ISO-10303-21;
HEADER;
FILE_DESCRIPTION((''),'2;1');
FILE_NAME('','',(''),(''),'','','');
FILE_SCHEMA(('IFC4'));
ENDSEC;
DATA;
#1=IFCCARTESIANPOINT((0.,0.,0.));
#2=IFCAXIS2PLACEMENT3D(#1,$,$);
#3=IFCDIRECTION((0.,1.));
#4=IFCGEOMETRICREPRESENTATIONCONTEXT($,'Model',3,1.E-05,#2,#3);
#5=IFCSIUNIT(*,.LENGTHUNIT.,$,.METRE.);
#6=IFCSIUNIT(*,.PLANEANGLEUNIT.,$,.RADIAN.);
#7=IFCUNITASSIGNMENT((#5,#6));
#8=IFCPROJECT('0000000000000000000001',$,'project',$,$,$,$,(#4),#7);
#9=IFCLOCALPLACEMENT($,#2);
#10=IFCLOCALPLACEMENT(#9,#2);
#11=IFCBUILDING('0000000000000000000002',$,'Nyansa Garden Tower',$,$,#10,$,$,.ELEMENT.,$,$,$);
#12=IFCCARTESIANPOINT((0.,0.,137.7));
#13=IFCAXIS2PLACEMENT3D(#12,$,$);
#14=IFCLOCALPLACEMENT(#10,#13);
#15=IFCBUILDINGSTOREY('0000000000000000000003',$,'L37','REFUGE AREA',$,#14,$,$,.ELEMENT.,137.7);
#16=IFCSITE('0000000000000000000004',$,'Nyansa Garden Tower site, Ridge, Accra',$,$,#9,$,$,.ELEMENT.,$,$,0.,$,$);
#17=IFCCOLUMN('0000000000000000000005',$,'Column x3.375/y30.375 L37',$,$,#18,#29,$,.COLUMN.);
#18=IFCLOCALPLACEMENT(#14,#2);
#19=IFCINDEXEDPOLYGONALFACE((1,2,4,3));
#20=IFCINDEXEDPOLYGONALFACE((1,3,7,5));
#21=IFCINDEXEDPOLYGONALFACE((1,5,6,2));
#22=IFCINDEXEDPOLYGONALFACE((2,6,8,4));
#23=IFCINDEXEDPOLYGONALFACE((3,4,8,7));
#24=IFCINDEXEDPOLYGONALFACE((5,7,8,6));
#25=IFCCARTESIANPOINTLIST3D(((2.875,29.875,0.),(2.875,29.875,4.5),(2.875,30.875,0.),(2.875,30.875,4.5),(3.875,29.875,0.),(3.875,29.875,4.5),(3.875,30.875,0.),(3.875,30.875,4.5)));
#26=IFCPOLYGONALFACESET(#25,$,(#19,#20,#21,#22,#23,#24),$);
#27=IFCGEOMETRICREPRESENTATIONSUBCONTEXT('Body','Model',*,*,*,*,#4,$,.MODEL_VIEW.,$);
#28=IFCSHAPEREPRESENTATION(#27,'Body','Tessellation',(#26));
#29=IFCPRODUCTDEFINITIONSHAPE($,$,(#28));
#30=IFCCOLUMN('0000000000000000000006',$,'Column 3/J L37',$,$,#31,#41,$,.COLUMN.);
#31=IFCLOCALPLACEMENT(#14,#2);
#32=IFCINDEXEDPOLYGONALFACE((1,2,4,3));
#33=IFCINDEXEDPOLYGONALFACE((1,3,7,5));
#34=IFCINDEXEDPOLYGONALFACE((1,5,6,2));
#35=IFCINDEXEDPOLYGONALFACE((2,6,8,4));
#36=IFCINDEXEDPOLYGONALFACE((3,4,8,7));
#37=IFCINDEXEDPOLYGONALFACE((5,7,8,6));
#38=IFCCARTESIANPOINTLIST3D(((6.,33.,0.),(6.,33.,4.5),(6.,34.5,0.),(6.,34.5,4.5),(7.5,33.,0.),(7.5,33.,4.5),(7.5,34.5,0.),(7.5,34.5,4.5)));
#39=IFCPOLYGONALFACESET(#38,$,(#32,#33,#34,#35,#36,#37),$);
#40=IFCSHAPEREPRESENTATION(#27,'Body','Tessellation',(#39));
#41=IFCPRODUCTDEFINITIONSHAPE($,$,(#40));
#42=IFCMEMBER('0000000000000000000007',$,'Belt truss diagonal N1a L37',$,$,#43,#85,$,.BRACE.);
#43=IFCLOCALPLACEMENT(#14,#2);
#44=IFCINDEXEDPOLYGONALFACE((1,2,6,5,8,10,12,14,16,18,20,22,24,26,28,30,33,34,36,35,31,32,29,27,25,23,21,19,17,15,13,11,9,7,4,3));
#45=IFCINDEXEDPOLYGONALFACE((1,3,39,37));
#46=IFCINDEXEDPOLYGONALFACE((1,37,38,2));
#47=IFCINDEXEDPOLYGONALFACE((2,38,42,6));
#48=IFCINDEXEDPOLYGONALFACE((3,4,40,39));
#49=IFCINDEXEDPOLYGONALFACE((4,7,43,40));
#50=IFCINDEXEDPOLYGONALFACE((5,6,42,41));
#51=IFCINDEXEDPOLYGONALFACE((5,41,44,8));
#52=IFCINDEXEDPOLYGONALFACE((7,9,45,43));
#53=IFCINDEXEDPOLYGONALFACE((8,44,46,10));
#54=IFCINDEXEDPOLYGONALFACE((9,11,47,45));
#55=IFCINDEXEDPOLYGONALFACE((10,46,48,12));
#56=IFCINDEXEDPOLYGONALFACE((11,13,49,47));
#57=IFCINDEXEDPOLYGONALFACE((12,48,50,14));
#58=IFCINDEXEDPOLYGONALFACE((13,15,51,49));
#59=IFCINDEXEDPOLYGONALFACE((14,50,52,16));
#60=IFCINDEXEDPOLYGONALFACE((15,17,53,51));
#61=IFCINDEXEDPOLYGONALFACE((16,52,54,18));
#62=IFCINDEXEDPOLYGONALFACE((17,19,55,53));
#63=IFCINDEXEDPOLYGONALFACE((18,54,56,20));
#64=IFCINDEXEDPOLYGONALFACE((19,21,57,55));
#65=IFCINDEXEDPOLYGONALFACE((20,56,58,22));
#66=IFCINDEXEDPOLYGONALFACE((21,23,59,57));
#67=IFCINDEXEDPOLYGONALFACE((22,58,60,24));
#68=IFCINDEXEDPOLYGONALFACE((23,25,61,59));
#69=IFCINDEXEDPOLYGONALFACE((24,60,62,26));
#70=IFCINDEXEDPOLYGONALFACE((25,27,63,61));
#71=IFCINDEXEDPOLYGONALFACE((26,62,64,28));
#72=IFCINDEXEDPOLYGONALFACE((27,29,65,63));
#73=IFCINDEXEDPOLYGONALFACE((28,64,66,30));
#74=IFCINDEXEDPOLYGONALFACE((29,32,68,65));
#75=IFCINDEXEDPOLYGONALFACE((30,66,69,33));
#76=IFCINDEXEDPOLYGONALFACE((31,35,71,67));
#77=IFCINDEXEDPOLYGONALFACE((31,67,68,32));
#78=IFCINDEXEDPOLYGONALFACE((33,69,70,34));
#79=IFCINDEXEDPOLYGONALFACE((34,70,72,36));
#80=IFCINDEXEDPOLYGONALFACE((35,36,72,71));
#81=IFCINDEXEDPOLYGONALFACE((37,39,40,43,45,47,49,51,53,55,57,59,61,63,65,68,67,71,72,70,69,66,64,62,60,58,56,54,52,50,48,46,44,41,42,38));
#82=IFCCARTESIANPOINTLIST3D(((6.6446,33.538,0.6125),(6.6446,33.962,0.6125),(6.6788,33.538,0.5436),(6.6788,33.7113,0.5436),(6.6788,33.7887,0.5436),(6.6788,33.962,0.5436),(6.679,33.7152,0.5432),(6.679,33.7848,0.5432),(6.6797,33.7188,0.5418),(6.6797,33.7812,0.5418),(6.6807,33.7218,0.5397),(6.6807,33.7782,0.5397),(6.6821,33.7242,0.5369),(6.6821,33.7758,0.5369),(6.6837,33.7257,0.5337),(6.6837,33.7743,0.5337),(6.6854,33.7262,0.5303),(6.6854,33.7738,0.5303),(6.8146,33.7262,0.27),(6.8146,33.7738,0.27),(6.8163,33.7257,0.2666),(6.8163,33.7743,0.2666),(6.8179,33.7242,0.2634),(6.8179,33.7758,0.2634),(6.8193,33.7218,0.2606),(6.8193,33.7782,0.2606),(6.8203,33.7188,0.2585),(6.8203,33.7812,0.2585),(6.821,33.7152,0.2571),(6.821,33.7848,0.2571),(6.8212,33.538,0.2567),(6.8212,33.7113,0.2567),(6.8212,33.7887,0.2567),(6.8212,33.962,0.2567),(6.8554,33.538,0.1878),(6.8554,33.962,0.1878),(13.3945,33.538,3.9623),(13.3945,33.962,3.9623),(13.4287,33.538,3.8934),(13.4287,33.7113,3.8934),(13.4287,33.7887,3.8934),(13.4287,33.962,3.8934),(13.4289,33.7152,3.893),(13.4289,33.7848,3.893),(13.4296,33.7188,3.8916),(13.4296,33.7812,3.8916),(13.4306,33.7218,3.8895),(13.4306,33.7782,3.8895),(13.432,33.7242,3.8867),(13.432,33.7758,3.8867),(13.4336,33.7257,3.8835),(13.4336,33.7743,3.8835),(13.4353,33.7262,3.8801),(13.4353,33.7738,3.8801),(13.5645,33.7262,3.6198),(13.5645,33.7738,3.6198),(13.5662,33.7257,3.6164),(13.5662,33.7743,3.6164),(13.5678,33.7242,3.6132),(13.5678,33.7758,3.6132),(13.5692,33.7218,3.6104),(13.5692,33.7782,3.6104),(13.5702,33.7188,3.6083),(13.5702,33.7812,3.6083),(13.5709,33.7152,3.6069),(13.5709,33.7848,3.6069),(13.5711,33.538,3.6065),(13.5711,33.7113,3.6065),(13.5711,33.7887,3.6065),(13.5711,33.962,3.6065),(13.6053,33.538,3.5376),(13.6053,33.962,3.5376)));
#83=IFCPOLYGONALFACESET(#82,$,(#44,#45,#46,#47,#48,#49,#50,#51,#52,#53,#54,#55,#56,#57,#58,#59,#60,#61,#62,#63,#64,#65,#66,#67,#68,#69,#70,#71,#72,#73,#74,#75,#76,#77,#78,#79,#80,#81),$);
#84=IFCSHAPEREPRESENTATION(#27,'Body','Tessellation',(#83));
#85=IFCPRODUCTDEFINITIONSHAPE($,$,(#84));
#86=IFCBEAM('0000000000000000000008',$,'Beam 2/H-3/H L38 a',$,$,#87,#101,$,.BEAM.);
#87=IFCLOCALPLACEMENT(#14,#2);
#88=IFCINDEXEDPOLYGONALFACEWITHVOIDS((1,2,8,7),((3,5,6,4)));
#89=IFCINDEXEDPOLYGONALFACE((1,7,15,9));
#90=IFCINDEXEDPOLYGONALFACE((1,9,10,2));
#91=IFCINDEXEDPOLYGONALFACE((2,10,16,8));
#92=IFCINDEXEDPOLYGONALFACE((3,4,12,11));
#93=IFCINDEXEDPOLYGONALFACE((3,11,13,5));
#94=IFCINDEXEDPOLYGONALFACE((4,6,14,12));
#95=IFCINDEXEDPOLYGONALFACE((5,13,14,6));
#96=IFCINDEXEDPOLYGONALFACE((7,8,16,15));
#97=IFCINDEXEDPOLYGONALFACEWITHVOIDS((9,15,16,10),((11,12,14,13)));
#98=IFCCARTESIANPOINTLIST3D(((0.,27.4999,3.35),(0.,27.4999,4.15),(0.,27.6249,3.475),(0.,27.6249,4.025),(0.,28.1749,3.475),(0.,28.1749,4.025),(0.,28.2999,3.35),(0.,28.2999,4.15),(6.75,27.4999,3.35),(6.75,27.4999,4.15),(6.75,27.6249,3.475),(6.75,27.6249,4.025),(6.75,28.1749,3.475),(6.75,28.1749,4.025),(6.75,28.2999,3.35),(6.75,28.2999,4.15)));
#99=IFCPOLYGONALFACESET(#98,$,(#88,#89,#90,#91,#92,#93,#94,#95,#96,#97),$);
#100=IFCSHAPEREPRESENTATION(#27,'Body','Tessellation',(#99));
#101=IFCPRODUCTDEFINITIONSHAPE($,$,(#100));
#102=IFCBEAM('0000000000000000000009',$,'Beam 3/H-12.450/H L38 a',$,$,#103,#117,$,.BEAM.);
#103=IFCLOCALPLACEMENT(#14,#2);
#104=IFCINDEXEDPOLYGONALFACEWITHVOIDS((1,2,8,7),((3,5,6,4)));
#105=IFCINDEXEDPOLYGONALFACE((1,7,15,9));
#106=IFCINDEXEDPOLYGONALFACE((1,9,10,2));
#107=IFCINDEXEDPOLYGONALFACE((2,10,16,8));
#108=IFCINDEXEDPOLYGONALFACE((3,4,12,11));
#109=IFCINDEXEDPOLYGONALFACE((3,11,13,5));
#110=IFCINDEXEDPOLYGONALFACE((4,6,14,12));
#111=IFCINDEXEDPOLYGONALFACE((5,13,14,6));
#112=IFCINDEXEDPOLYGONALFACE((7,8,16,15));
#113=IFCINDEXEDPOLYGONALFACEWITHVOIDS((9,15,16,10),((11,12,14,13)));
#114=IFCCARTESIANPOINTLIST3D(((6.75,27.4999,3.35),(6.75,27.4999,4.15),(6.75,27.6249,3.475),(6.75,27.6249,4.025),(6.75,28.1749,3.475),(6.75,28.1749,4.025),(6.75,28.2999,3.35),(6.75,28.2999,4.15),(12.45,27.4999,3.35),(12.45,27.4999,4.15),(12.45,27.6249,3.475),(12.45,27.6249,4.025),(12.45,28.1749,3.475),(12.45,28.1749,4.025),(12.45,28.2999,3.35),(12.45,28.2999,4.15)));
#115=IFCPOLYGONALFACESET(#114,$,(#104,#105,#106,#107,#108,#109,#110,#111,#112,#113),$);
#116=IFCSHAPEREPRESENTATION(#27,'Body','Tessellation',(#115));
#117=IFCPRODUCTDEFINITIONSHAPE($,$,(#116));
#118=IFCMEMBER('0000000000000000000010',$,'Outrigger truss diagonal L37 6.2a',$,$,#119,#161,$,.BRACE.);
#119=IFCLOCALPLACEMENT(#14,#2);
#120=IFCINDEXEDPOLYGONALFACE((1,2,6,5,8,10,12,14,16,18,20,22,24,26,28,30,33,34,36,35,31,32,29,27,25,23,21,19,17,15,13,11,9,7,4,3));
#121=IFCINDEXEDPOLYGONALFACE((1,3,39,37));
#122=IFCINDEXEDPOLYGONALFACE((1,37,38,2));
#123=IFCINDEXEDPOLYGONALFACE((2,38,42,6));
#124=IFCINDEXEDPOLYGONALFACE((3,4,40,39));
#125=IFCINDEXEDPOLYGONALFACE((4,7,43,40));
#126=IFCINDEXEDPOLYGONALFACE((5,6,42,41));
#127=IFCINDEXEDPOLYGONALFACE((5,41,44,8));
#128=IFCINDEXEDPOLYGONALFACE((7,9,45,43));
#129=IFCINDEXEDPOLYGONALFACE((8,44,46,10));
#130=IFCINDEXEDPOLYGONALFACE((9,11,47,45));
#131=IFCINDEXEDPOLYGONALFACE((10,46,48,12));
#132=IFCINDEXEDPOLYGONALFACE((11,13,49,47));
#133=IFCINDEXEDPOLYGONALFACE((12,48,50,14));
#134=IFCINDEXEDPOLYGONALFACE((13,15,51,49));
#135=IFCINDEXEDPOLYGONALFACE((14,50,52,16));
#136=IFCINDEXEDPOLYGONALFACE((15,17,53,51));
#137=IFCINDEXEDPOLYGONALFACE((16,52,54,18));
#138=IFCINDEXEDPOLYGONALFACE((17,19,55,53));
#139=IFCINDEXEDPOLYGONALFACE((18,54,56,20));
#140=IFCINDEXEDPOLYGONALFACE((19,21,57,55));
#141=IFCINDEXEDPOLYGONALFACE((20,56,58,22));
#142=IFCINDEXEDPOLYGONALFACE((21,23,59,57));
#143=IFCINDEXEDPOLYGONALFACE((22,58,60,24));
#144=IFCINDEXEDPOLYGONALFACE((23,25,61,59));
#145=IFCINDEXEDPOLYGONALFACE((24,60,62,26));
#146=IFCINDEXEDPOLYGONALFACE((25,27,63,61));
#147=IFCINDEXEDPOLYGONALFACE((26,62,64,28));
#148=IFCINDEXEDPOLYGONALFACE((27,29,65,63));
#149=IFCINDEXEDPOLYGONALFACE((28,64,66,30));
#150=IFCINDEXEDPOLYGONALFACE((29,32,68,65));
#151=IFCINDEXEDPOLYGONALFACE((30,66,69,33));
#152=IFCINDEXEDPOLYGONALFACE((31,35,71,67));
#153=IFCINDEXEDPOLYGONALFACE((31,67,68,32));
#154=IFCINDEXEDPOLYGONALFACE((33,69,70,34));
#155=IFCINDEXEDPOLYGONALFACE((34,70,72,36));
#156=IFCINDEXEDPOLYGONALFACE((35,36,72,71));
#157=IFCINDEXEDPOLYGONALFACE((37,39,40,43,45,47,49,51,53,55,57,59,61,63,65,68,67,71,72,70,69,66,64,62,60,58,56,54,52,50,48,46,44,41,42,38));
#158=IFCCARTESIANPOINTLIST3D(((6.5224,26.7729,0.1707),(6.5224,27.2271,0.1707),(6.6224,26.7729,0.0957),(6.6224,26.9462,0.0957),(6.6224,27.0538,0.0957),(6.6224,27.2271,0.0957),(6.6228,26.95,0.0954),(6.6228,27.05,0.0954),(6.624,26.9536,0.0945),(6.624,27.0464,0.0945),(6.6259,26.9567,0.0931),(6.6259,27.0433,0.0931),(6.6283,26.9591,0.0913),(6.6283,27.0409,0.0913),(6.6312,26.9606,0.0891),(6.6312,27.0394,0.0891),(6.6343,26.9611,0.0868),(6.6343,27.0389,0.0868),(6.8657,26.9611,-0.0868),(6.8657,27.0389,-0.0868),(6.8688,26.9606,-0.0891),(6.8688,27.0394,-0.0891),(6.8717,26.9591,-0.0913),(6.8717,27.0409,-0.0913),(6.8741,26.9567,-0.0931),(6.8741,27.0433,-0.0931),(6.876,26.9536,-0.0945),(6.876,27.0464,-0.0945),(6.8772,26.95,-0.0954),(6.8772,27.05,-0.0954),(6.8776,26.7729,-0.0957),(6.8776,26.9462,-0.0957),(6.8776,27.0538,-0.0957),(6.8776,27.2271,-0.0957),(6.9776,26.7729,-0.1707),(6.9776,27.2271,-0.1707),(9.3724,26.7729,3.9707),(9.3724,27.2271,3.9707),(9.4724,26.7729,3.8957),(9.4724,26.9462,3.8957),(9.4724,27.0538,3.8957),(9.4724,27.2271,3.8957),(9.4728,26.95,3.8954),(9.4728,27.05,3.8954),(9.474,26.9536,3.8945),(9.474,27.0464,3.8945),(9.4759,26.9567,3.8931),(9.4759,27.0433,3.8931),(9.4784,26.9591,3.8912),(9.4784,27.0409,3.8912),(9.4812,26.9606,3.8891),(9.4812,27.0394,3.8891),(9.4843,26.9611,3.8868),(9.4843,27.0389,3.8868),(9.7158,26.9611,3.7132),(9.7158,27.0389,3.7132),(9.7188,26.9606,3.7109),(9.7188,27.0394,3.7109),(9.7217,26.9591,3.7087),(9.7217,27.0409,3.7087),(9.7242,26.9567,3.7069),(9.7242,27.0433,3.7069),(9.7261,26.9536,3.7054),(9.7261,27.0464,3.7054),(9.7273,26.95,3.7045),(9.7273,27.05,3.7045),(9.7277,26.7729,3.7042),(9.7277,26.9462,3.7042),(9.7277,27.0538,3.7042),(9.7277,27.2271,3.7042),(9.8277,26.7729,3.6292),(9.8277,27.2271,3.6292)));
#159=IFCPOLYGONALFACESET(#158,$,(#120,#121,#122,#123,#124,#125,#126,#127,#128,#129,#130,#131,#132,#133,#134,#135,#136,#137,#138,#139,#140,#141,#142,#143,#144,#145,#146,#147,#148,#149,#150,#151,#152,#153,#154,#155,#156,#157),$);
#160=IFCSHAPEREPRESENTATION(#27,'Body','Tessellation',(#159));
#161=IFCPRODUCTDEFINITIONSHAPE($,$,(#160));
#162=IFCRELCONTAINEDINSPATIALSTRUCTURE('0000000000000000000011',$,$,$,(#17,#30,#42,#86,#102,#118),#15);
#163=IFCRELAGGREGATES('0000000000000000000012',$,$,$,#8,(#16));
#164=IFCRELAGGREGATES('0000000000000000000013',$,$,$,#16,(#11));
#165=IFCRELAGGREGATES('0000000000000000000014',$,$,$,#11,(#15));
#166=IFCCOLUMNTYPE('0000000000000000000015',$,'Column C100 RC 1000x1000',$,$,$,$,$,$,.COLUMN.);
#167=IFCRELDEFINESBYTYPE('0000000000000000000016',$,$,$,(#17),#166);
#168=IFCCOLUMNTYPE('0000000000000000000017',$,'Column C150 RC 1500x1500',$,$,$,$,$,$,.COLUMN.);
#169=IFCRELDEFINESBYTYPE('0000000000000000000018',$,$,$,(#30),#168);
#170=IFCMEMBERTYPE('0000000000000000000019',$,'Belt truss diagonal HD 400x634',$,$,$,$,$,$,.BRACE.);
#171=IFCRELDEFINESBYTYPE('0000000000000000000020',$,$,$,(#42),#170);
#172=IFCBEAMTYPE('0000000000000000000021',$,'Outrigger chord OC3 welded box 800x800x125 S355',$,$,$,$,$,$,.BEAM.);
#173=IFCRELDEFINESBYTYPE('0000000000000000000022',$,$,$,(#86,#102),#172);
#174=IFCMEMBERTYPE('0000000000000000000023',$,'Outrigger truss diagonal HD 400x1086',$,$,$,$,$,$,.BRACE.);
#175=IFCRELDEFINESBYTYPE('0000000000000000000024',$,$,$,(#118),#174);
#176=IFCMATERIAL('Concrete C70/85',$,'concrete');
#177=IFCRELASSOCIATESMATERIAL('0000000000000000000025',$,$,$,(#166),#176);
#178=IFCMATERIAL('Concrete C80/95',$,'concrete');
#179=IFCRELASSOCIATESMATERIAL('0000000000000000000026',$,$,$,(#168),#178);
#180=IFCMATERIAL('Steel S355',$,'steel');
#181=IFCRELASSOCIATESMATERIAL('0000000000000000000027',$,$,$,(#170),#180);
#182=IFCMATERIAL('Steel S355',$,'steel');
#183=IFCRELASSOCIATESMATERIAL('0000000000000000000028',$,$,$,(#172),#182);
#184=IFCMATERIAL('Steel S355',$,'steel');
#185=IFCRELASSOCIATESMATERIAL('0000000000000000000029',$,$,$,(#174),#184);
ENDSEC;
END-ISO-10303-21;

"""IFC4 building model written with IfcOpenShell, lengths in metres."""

from ifc_helpers import new_model, si_unit, direction, frame, origin, origin_2d, place, context, subcontext, project, spatial, rectangle, hollow_rectangle, i_section, extrude, material, material_profile, profile_set, type_object, element, save


model = new_model("IFC4")

# Units and contexts
model_context = context("Model", 3, precision=1e-05, world=origin(), true_north=direction((0.0, 1.0)))
body_context = subcontext(model_context, "Body", "Model", "MODEL_VIEW")
ifc_project = project(units=[si_unit("LENGTHUNIT", "METRE"), si_unit("PLANEANGLEUNIT", "RADIAN")], contexts=[model_context])

# Site, building, storey
site_placement = place(None, origin())
site = spatial("IfcSite", under=ifc_project, at=site_placement, Name="Nyansa Garden Tower site, Ridge, Accra", CompositionType="ELEMENT", RefElevation=0.0)
building_placement = place(site_placement, origin())
building = spatial("IfcBuilding", under=site, at=building_placement, Name="Nyansa Garden Tower", CompositionType="ELEMENT")
storey_placement = place(building_placement, frame((0.0, 0.0, 137.7)))
storey = spatial("IfcBuildingStorey", under=building, at=storey_placement, Name="L37", Description="REFUGE AREA", CompositionType="ELEMENT", Elevation=137.7)

# Columns
ifc_material_1 = material(Name="Concrete C70/85", Category="concrete")
ifc_material_profile_1 = material_profile(ifc_material_1, rectangle(XDim=1.0, YDim=1.0, at=origin_2d()), Name="RC 1000x1000")
ifc_profile_set_1 = profile_set([ifc_material_profile_1], Name="Concrete C70/85")
column_type_1 = type_object("IfcColumnType", Name="Column C100 RC 1000x1000", PredefinedType="COLUMN", material=ifc_profile_set_1)
column_1_placement = place(storey_placement, frame((3.375, 30.375, 0.0), z_axis=(0.0, 0.0, 1.0), x_axis=(1.0, 0.0, 0.0)))
element("IfcColumn", 1, at=column_1_placement, inside=storey, type_object=column_type_1, Name="Column x3.375/y30.375 L37", PredefinedType="COLUMN", context=body_context, shape_type="SweptSolid", body=[
    extrude(rectangle(XDim=1.0, YDim=1.0, at=origin_2d()), origin(), (0.0, 0.0, 1.0), 4.5),
])
ifc_material_2 = material(Name="Concrete C80/95", Category="concrete")
ifc_material_profile_2 = material_profile(ifc_material_2, rectangle(XDim=1.5, YDim=1.5, at=origin_2d()), Name="RC 1500x1500")
ifc_profile_set_2 = profile_set([ifc_material_profile_2], Name="Concrete C80/95")
column_type_2 = type_object("IfcColumnType", Name="Column C150 RC 1500x1500", PredefinedType="COLUMN", material=ifc_profile_set_2)
column_2_placement = place(storey_placement, frame((6.75, 33.75, 0.0), z_axis=(0.0, 0.0, 1.0), x_axis=(1.0, 0.0, 0.0)))
element("IfcColumn", 2, at=column_2_placement, inside=storey, type_object=column_type_2, Name="Column 3/J L37", PredefinedType="COLUMN", context=body_context, shape_type="SweptSolid", body=[
    extrude(rectangle(XDim=1.5, YDim=1.5, at=origin_2d()), origin(), (0.0, 0.0, 1.0), 4.5),
])

# Member
ifc_material_3 = material(Name="Steel S355", Category="steel")
ifc_material_profile_3 = material_profile(ifc_material_3, i_section(OverallWidth=0.4241, OverallDepth=0.4741, WebThickness=0.0476, FlangeThickness=0.0769, FilletRadius=0.0149, at=origin_2d()), Name="HD 400x634")
ifc_profile_set_3 = profile_set([ifc_material_profile_3], Name="Steel S355")
member_type_1 = type_object("IfcMemberType", Name="Belt truss diagonal HD 400x634", PredefinedType="BRACE", material=ifc_profile_set_3)
member_1_placement = place(storey_placement, frame((6.75, 33.75, 0.4001), z_axis=(0.895758, 0.0, 0.444542), x_axis=(0.0, 1.0, 0.0)))
element("IfcMember", 3, at=member_1_placement, inside=storey, type_object=member_type_1, Name="Belt truss diagonal N1a L37", PredefinedType="BRACE", context=body_context, shape_type="SweptSolid", body=[
    extrude(i_section(OverallWidth=0.4241, OverallDepth=0.4741, WebThickness=0.0476, FlangeThickness=0.0769, FilletRadius=0.0149, at=origin_2d()), origin(), (0.0, 0.0, 1.0), 7.5354),
])

# Beams
ifc_material_4 = material(Name="Steel S355", Category="steel")
ifc_material_profile_4 = material_profile(ifc_material_4, hollow_rectangle(XDim=0.8, YDim=0.8, WallThickness=0.125, at=origin_2d()), Name="Welded box 800x800x125")
ifc_profile_set_4 = profile_set([ifc_material_profile_4], Name="Steel S355")
beam_type_1 = type_object("IfcBeamType", Name="Outrigger chord OC3 welded box 800x800x125 S355", PredefinedType="BEAM", material=ifc_profile_set_4)
beam_1_placement = place(storey_placement, frame((0.0, 27.8999, 3.75), z_axis=(1.0, 0.0, 0.0), x_axis=(0.0, 1.0, 0.0)))
element("IfcBeam", 4, at=beam_1_placement, inside=storey, type_object=beam_type_1, Name="Beam 2/H-3/H L38 a", PredefinedType="BEAM", context=body_context, shape_type="SweptSolid", body=[
    extrude(hollow_rectangle(XDim=0.8, YDim=0.8, WallThickness=0.125, at=origin_2d()), origin(), (0.0, 0.0, 1.0), 6.75),
])
beam_2_placement = place(storey_placement, frame((6.75, 27.8999, 3.75), z_axis=(1.0, 0.0, 0.0), x_axis=(0.0, 1.0, 0.0)))
element("IfcBeam", 5, at=beam_2_placement, inside=storey, type_object=beam_type_1, Name="Beam 3/H-12.450/H L38 a", PredefinedType="BEAM", context=body_context, shape_type="SweptSolid", body=[
    extrude(hollow_rectangle(XDim=0.8, YDim=0.8, WallThickness=0.125, at=origin_2d()), origin(), (0.0, 0.0, 1.0), 5.7),
])

# Member
ifc_material_5 = material(Name="Steel S355", Category="steel")
ifc_material_profile_5 = material_profile(ifc_material_5, i_section(OverallWidth=0.4541, OverallDepth=0.5691, WebThickness=0.0779, FlangeThickness=0.125, FilletRadius=0.0149, at=origin_2d()), Name="HD 400x1086")
ifc_profile_set_5 = profile_set([ifc_material_profile_5], Name="Steel S355")
member_type_2 = type_object("IfcMemberType", Name="Outrigger truss diagonal HD 400x1086", PredefinedType="BRACE", material=ifc_profile_set_5)
member_2_placement = place(storey_placement, frame((6.75, 27.0, 0.0), z_axis=(0.600008, 0.0, 0.799994), x_axis=(0.0, 1.0, 0.0)))
element("IfcMember", 6, at=member_2_placement, inside=storey, type_object=member_type_2, Name="Outrigger truss diagonal L37 6.2a", PredefinedType="BRACE", context=body_context, shape_type="SweptSolid", body=[
    extrude(i_section(OverallWidth=0.4541, OverallDepth=0.5691, WebThickness=0.0779, FlangeThickness=0.125, FilletRadius=0.0149, at=origin_2d()), origin(), (0.0, 0.0, 1.0), 4.75),
])

save(model, "model.ifc")
